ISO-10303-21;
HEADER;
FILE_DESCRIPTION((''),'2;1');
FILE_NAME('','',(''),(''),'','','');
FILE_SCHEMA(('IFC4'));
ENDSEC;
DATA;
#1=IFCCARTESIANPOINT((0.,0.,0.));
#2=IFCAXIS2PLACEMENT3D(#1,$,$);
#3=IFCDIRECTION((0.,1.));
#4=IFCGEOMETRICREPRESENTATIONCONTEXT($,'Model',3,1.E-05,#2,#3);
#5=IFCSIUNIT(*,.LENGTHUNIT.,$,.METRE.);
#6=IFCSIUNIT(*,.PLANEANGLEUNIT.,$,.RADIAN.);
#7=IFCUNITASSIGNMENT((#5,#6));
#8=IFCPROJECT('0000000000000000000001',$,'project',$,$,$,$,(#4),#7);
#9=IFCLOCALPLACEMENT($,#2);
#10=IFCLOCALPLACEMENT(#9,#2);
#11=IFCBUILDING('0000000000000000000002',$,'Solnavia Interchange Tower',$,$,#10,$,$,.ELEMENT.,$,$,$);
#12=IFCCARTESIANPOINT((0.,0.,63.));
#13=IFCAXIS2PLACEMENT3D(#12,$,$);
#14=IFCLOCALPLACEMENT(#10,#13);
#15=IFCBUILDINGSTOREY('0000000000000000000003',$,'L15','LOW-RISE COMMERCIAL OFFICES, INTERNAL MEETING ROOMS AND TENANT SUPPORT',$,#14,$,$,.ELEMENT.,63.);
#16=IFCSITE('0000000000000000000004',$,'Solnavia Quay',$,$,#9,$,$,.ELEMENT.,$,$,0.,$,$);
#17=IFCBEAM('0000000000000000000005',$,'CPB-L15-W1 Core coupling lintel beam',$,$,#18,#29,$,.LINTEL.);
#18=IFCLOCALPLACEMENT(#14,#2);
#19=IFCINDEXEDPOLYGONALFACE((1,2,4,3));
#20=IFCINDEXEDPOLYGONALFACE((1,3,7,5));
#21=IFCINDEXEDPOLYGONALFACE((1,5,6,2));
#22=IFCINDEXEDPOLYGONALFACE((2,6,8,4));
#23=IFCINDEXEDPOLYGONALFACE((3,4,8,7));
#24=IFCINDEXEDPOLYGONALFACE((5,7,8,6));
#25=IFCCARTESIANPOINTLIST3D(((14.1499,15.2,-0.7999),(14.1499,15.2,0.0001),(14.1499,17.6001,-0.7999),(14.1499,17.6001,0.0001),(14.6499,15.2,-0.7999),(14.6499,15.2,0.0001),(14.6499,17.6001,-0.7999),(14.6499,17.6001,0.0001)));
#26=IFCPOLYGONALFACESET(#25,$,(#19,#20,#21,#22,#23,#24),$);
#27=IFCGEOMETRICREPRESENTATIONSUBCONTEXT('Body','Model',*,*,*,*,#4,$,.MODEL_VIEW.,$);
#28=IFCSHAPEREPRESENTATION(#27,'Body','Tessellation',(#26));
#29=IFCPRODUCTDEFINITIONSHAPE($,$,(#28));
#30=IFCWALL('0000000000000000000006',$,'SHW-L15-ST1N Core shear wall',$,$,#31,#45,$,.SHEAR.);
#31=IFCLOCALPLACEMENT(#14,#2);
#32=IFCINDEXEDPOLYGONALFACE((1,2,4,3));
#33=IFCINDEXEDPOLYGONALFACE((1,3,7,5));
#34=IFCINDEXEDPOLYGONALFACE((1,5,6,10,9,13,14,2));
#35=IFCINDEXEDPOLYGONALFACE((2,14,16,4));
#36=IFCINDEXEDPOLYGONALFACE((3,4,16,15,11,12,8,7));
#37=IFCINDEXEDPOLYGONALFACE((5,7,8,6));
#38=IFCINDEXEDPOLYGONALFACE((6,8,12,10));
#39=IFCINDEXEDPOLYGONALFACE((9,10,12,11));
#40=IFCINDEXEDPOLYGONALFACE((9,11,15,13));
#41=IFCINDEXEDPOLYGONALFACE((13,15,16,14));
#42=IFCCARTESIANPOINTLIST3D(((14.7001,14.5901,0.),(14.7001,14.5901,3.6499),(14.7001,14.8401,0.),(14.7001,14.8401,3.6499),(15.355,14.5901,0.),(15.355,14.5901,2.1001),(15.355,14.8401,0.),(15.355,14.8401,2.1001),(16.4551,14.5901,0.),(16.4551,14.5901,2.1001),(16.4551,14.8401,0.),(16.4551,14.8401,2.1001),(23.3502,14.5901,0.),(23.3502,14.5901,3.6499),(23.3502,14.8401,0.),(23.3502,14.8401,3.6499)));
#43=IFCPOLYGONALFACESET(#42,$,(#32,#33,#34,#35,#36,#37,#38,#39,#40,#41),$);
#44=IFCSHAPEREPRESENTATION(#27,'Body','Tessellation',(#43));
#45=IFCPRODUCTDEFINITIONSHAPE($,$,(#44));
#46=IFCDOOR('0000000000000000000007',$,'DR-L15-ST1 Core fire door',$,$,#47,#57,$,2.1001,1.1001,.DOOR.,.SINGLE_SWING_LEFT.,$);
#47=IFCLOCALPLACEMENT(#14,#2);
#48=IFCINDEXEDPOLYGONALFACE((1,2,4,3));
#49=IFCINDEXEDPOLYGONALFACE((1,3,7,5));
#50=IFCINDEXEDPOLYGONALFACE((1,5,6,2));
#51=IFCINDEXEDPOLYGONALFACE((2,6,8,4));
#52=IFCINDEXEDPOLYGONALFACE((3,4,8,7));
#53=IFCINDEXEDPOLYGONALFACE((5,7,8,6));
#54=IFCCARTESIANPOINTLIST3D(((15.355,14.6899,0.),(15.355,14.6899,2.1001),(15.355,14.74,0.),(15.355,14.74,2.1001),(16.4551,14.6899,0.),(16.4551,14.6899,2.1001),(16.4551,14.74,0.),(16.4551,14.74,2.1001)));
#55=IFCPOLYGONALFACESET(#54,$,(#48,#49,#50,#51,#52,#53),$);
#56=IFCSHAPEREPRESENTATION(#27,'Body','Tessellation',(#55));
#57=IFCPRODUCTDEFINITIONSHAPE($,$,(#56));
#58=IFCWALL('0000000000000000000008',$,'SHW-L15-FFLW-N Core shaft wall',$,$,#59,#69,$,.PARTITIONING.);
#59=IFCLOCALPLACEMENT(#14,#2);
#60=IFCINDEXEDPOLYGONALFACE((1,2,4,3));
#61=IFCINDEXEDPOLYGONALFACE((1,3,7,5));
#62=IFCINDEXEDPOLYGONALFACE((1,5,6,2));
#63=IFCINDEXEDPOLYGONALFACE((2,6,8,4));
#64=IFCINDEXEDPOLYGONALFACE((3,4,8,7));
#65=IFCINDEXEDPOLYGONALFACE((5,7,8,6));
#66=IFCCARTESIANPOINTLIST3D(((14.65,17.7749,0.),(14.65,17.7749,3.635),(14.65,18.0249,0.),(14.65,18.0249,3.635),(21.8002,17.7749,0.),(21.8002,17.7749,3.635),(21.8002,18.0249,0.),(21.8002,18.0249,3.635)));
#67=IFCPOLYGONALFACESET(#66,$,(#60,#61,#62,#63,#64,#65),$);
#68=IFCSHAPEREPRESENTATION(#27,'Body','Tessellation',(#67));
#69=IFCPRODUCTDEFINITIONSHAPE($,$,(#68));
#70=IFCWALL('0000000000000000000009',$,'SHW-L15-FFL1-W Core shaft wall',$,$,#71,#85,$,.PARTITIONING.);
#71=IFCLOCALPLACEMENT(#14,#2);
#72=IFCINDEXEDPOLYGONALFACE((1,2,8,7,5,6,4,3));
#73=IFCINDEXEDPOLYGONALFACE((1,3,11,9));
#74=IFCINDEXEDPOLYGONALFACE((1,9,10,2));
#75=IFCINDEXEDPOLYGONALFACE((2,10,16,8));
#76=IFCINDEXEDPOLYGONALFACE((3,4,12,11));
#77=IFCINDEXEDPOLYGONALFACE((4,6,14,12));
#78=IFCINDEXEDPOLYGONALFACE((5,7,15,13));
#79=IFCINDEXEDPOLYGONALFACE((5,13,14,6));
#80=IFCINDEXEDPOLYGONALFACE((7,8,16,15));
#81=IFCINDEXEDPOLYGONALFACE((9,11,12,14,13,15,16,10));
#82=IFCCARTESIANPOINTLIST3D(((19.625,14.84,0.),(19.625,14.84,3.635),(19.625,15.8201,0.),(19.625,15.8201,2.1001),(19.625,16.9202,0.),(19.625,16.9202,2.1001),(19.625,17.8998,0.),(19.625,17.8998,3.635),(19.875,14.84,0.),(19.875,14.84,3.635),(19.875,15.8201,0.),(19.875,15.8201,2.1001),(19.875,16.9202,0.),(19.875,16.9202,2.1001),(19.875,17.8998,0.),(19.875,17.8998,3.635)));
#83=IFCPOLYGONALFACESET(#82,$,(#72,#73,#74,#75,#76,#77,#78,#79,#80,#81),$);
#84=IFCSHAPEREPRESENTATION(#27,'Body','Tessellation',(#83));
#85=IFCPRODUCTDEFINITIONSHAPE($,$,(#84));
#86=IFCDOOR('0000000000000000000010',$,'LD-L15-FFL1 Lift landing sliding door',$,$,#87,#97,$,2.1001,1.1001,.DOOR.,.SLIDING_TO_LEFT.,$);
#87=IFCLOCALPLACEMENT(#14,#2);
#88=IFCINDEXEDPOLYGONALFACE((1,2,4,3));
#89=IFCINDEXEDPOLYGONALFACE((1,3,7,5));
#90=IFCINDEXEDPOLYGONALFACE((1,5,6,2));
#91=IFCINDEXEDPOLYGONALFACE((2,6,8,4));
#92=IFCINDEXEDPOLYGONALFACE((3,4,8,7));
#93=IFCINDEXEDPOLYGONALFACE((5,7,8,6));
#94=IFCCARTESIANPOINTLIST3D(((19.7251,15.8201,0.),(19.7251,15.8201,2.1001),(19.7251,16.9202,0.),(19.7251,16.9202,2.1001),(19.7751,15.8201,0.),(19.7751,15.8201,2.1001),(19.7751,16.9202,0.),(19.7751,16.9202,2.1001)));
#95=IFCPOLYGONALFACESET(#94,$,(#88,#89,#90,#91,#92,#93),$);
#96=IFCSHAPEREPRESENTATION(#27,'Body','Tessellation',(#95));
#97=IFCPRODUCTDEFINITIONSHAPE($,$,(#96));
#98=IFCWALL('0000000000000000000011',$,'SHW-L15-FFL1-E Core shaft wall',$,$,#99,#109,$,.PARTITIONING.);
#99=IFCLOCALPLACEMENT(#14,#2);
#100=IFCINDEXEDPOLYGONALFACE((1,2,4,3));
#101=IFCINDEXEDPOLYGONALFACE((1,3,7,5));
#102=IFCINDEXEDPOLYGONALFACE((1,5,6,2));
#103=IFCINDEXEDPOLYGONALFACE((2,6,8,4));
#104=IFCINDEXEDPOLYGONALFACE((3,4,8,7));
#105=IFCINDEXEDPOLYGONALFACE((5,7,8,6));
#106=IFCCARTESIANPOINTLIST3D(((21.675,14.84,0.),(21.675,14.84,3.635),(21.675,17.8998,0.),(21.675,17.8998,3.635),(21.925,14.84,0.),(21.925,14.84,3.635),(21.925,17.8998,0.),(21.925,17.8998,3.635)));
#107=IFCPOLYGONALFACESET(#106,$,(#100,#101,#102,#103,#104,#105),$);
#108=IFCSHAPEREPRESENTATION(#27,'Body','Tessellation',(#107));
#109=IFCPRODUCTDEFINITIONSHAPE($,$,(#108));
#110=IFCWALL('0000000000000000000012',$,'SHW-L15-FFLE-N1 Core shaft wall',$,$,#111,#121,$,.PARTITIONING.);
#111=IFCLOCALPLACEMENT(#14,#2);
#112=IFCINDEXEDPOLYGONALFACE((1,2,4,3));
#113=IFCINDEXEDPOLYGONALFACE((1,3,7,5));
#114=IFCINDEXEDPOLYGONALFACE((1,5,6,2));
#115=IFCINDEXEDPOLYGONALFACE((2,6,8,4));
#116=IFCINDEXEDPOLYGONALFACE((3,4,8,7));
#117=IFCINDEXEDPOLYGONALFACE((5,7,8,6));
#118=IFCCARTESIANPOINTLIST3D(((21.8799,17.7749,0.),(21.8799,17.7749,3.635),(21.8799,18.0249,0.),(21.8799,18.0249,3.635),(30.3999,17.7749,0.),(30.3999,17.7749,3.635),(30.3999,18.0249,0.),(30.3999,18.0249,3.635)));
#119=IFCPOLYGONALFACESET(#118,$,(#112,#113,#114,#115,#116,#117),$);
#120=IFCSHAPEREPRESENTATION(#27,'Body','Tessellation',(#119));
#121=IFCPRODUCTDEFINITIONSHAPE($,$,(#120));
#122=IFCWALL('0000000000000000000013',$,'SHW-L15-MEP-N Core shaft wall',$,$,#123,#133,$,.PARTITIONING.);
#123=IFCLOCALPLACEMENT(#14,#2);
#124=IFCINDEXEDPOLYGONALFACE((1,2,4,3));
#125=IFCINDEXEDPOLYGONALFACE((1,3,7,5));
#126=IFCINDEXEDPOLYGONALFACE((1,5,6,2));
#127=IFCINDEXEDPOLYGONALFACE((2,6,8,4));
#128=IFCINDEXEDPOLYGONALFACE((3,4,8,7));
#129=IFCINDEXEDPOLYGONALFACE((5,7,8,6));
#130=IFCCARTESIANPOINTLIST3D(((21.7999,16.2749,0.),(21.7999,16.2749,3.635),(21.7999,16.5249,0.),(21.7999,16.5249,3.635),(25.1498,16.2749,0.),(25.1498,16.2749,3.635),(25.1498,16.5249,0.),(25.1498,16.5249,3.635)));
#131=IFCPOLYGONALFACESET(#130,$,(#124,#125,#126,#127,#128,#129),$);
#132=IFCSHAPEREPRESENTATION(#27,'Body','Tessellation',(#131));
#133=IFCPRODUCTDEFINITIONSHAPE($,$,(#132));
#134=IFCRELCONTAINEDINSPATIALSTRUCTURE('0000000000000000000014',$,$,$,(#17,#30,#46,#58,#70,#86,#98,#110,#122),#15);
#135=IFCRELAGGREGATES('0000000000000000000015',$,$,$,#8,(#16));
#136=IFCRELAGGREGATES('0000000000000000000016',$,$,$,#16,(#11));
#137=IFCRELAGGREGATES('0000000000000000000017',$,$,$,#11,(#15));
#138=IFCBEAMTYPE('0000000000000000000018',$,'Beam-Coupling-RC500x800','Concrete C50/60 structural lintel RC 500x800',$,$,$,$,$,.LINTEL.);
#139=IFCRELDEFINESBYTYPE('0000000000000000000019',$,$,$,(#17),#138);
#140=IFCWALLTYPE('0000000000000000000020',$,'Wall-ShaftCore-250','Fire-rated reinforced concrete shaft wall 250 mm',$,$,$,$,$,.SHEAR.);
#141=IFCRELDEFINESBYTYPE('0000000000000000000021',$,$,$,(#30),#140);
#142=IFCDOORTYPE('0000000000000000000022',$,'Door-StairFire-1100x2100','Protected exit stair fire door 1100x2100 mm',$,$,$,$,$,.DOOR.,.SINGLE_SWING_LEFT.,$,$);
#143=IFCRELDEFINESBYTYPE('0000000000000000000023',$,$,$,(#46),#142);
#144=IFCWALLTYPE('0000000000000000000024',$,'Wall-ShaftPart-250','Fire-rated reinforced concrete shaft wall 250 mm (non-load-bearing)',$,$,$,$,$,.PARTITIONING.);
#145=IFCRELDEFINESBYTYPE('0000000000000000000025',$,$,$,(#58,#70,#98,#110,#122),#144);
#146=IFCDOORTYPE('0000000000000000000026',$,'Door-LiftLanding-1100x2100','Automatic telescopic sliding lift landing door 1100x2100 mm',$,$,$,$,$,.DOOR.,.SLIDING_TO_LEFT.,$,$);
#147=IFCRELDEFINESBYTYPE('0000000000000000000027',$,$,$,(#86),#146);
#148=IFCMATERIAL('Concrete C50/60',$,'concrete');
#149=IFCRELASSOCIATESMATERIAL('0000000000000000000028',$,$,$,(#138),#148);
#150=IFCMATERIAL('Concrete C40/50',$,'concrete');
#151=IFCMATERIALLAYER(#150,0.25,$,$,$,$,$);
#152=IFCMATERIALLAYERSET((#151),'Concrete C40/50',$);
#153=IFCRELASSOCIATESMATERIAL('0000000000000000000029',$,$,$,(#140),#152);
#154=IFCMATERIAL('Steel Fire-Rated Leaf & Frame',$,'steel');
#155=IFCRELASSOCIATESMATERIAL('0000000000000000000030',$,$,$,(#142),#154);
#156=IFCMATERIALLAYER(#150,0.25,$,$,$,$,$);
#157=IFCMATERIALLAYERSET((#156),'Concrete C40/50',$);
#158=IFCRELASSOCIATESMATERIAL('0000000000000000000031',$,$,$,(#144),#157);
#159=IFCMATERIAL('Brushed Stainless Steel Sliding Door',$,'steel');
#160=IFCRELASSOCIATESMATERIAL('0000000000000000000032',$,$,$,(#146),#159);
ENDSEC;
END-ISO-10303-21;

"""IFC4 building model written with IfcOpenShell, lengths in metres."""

from ifc_helpers import new_model, si_unit, direction, frame, frame_2d, origin, origin_2d, place, context, subcontext, project, spatial, rectangle, extrude, material, layer, layer_set, material_profile, profile_set, type_object, element, fill, save


model = new_model("IFC4")

# Units and contexts
model_context = context("Model", 3, precision=1e-05, world=origin(), true_north=direction((0.0, 1.0)))
body_context = subcontext(model_context, "Body", "Model", "MODEL_VIEW")
ifc_project = project(units=[si_unit("LENGTHUNIT", "METRE"), si_unit("PLANEANGLEUNIT", "RADIAN")], contexts=[model_context])

# Site, building, storey
site_placement = place(None, origin())
site = spatial("IfcSite", under=ifc_project, at=site_placement, Name="Solnavia Quay", CompositionType="ELEMENT", RefElevation=0.0)
building_placement = place(site_placement, origin())
building = spatial("IfcBuilding", under=site, at=building_placement, Name="Solnavia Interchange Tower", CompositionType="ELEMENT")
storey_placement = place(building_placement, frame((0.0, 0.0, 63.0)))
storey = spatial("IfcBuildingStorey", under=building, at=storey_placement, Name="L15", Description="LOW-RISE COMMERCIAL OFFICES, INTERNAL MEETING ROOMS AND TENANT SUPPORT", CompositionType="ELEMENT", Elevation=63.0)

# Beam
ifc_material_1 = material(Name="Concrete C50/60", Category="concrete")
ifc_material_profile = material_profile(ifc_material_1, rectangle(XDim=0.5, YDim=0.8, at=origin_2d()), Name="RC 500x800")
ifc_profile_set = profile_set([ifc_material_profile], Name="Concrete C50/60")
beam_type = type_object("IfcBeamType", Name="Beam-Coupling-RC500x800", Description="Concrete C50/60 structural lintel RC 500x800", PredefinedType="LINTEL", material=ifc_profile_set)
beam_placement = place(storey_placement, frame((14.3999, 15.2, -0.3999), z_axis=(0.0, 1.0, 0.0), x_axis=(-1.0, 0.0, 0.0)))
element("IfcBeam", 1, at=beam_placement, inside=storey, type_object=beam_type, Name="CPB-L15-W1 Core coupling lintel beam", PredefinedType="LINTEL", context=body_context, shape_type="SweptSolid", body=[
    extrude(rectangle(XDim=0.5, YDim=0.8, at=origin_2d()), origin(), (0.0, 0.0, 1.0), 2.4001),
])

# Wall, opening, door
ifc_material_2 = material(Name="Concrete C40/50", Category="concrete")
ifc_layer_1 = layer(ifc_material_2, 0.25)
ifc_layer_set_1 = layer_set([ifc_layer_1], Name="Concrete C40/50")
wall_type_1 = type_object("IfcWallType", Name="Wall-ShaftCore-250", Description="Fire-rated reinforced concrete shaft wall 250 mm", PredefinedType="SHEAR", material=ifc_layer_set_1)
wall_1_placement = place(storey_placement, frame((14.7, 14.7151, 0.0), z_axis=(0.0, 0.0, 1.0), x_axis=(1.0, 0.0, 0.0)))
wall_1 = element("IfcWall", 2, at=wall_1_placement, inside=storey, type_object=wall_type_1, Name="SHW-L15-ST1N Core shear wall", PredefinedType="SHEAR", context=body_context, shape_type="SweptSolid", body=[
    extrude(rectangle(XDim=8.6501, YDim=0.25, at=frame_2d((4.3252, 0.0))), origin(), (0.0, 0.0, 1.0), 3.6499),
])
opening_1_placement = place(wall_1_placement, frame((0.655, 0.0, 0.0)))
opening_1 = element("IfcOpeningElement", 3, at=opening_1_placement, cuts=wall_1, PredefinedType="OPENING", context=body_context, shape_type="SweptSolid", body=[
    extrude(rectangle(XDim=1.1001, YDim=2.1001, at=frame_2d((0.55, 1.05))), frame((0.0, 0.135, 0.0), z_axis=(0.0, -1.0, 0.0), x_axis=(1.0, 0.0, 0.0)), (0.0, 0.0, 1.0), 0.27),
])
ifc_material_3 = material(Name="Steel Fire-Rated Leaf & Frame", Category="steel")
door_type_1 = type_object("IfcDoorType", Name="Door-StairFire-1100x2100", Description="Protected exit stair fire door 1100x2100 mm", OperationType="SINGLE_SWING_LEFT", PredefinedType="DOOR", material=ifc_material_3)
door_1_placement = place(opening_1_placement, origin())
door_1 = element("IfcDoor", 4, at=door_1_placement, inside=storey, type_object=door_type_1, Name="DR-L15-ST1 Core fire door", OperationType="SINGLE_SWING_LEFT", OverallHeight=2.1001, OverallWidth=1.1001, PredefinedType="DOOR", context=body_context, shape_type="SweptSolid", body=[
    extrude(rectangle(XDim=1.1001, YDim=2.1001, at=frame_2d((0.55, 1.05))), frame((0.0, 0.0249, 0.0), z_axis=(0.0, -1.0, 0.0), x_axis=(1.0, 0.0, 0.0)), (0.0, 0.0, 1.0), 0.05),
])
fill(opening_1, door_1)

# Wall
ifc_layer_2 = layer(ifc_material_2, 0.25)
ifc_layer_set_2 = layer_set([ifc_layer_2], Name="Concrete C40/50")
wall_type_2 = type_object("IfcWallType", Name="Wall-ShaftPart-250", Description="Fire-rated reinforced concrete shaft wall 250 mm (non-load-bearing)", PredefinedType="PARTITIONING", material=ifc_layer_set_2)
wall_2_placement = place(storey_placement, frame((14.6499, 17.8999, 0.0), z_axis=(0.0, 0.0, 1.0), x_axis=(1.0, 0.0, 0.0)))
element("IfcWall", 5, at=wall_2_placement, inside=storey, type_object=wall_type_2, Name="SHW-L15-FFLW-N Core shaft wall", PredefinedType="PARTITIONING", context=body_context, shape_type="SweptSolid", body=[
    extrude(rectangle(XDim=7.1501, YDim=0.25, at=frame_2d((3.5752, 0.0))), origin(), (0.0, 0.0, 1.0), 3.635),
])

# Wall, opening, door
wall_3_placement = place(storey_placement, frame((19.75, 14.8401, 0.0), z_axis=(0.0, 0.0, 1.0), x_axis=(0.0, 1.0, 0.0)))
wall_3 = element("IfcWall", 6, at=wall_3_placement, inside=storey, type_object=wall_type_2, Name="SHW-L15-FFL1-W Core shaft wall", PredefinedType="PARTITIONING", context=body_context, shape_type="SweptSolid", body=[
    extrude(rectangle(XDim=3.0598, YDim=0.25, at=frame_2d((1.5298, 0.0))), origin(), (0.0, 0.0, 1.0), 3.635),
])
opening_2_placement = place(wall_3_placement, frame((0.98, 0.0, 0.0)))
opening_2 = element("IfcOpeningElement", 7, at=opening_2_placement, cuts=wall_3, PredefinedType="OPENING", context=body_context, shape_type="SweptSolid", body=[
    extrude(rectangle(XDim=1.1001, YDim=2.1001, at=frame_2d((0.55, 1.05))), frame((0.0, 0.135, 0.0), z_axis=(0.0, -1.0, 0.0), x_axis=(1.0, 0.0, 0.0)), (0.0, 0.0, 1.0), 0.27),
])
ifc_material_4 = material(Name="Brushed Stainless Steel Sliding Door", Category="steel")
door_type_2 = type_object("IfcDoorType", Name="Door-LiftLanding-1100x2100", Description="Automatic telescopic sliding lift landing door 1100x2100 mm", OperationType="SLIDING_TO_LEFT", PredefinedType="DOOR", material=ifc_material_4)
door_2_placement = place(opening_2_placement, origin())
door_2 = element("IfcDoor", 8, at=door_2_placement, inside=storey, type_object=door_type_2, Name="LD-L15-FFL1 Lift landing sliding door", OperationType="SLIDING_TO_LEFT", OverallHeight=2.1001, OverallWidth=1.1001, PredefinedType="DOOR", context=body_context, shape_type="SweptSolid", body=[
    extrude(rectangle(XDim=1.1001, YDim=2.1001, at=frame_2d((0.55, 1.05))), frame((0.0, 0.0249, 0.0), z_axis=(0.0, -1.0, 0.0), x_axis=(1.0, 0.0, 0.0)), (0.0, 0.0, 1.0), 0.05),
])
fill(opening_2, door_2)

# Walls
wall_4_placement = place(storey_placement, frame((21.8, 14.8401, 0.0), z_axis=(0.0, 0.0, 1.0), x_axis=(0.0, 1.0, 0.0)))
element("IfcWall", 9, at=wall_4_placement, inside=storey, type_object=wall_type_2, Name="SHW-L15-FFL1-E Core shaft wall", PredefinedType="PARTITIONING", context=body_context, shape_type="SweptSolid", body=[
    extrude(rectangle(XDim=3.0598, YDim=0.25, at=frame_2d((1.5298, 0.0))), origin(), (0.0, 0.0, 1.0), 3.635),
])
wall_5_placement = place(storey_placement, frame((21.8799, 17.8999, 0.0), z_axis=(0.0, 0.0, 1.0), x_axis=(1.0, 0.0, 0.0)))
element("IfcWall", 10, at=wall_5_placement, inside=storey, type_object=wall_type_2, Name="SHW-L15-FFLE-N1 Core shaft wall", PredefinedType="PARTITIONING", context=body_context, shape_type="SweptSolid", body=[
    extrude(rectangle(XDim=8.52, YDim=0.25, at=frame_2d((4.26, 0.0))), origin(), (0.0, 0.0, 1.0), 3.635),
])
wall_6_placement = place(storey_placement, frame((21.8, 16.3999, 0.0), z_axis=(0.0, 0.0, 1.0), x_axis=(1.0, 0.0, 0.0)))
element("IfcWall", 11, at=wall_6_placement, inside=storey, type_object=wall_type_2, Name="SHW-L15-MEP-N Core shaft wall", PredefinedType="PARTITIONING", context=body_context, shape_type="SweptSolid", body=[
    extrude(rectangle(XDim=3.3499, YDim=0.25, at=frame_2d((1.6748, 0.0))), origin(), (0.0, 0.0, 1.0), 3.635),
])

save(model, "model.ifc")
